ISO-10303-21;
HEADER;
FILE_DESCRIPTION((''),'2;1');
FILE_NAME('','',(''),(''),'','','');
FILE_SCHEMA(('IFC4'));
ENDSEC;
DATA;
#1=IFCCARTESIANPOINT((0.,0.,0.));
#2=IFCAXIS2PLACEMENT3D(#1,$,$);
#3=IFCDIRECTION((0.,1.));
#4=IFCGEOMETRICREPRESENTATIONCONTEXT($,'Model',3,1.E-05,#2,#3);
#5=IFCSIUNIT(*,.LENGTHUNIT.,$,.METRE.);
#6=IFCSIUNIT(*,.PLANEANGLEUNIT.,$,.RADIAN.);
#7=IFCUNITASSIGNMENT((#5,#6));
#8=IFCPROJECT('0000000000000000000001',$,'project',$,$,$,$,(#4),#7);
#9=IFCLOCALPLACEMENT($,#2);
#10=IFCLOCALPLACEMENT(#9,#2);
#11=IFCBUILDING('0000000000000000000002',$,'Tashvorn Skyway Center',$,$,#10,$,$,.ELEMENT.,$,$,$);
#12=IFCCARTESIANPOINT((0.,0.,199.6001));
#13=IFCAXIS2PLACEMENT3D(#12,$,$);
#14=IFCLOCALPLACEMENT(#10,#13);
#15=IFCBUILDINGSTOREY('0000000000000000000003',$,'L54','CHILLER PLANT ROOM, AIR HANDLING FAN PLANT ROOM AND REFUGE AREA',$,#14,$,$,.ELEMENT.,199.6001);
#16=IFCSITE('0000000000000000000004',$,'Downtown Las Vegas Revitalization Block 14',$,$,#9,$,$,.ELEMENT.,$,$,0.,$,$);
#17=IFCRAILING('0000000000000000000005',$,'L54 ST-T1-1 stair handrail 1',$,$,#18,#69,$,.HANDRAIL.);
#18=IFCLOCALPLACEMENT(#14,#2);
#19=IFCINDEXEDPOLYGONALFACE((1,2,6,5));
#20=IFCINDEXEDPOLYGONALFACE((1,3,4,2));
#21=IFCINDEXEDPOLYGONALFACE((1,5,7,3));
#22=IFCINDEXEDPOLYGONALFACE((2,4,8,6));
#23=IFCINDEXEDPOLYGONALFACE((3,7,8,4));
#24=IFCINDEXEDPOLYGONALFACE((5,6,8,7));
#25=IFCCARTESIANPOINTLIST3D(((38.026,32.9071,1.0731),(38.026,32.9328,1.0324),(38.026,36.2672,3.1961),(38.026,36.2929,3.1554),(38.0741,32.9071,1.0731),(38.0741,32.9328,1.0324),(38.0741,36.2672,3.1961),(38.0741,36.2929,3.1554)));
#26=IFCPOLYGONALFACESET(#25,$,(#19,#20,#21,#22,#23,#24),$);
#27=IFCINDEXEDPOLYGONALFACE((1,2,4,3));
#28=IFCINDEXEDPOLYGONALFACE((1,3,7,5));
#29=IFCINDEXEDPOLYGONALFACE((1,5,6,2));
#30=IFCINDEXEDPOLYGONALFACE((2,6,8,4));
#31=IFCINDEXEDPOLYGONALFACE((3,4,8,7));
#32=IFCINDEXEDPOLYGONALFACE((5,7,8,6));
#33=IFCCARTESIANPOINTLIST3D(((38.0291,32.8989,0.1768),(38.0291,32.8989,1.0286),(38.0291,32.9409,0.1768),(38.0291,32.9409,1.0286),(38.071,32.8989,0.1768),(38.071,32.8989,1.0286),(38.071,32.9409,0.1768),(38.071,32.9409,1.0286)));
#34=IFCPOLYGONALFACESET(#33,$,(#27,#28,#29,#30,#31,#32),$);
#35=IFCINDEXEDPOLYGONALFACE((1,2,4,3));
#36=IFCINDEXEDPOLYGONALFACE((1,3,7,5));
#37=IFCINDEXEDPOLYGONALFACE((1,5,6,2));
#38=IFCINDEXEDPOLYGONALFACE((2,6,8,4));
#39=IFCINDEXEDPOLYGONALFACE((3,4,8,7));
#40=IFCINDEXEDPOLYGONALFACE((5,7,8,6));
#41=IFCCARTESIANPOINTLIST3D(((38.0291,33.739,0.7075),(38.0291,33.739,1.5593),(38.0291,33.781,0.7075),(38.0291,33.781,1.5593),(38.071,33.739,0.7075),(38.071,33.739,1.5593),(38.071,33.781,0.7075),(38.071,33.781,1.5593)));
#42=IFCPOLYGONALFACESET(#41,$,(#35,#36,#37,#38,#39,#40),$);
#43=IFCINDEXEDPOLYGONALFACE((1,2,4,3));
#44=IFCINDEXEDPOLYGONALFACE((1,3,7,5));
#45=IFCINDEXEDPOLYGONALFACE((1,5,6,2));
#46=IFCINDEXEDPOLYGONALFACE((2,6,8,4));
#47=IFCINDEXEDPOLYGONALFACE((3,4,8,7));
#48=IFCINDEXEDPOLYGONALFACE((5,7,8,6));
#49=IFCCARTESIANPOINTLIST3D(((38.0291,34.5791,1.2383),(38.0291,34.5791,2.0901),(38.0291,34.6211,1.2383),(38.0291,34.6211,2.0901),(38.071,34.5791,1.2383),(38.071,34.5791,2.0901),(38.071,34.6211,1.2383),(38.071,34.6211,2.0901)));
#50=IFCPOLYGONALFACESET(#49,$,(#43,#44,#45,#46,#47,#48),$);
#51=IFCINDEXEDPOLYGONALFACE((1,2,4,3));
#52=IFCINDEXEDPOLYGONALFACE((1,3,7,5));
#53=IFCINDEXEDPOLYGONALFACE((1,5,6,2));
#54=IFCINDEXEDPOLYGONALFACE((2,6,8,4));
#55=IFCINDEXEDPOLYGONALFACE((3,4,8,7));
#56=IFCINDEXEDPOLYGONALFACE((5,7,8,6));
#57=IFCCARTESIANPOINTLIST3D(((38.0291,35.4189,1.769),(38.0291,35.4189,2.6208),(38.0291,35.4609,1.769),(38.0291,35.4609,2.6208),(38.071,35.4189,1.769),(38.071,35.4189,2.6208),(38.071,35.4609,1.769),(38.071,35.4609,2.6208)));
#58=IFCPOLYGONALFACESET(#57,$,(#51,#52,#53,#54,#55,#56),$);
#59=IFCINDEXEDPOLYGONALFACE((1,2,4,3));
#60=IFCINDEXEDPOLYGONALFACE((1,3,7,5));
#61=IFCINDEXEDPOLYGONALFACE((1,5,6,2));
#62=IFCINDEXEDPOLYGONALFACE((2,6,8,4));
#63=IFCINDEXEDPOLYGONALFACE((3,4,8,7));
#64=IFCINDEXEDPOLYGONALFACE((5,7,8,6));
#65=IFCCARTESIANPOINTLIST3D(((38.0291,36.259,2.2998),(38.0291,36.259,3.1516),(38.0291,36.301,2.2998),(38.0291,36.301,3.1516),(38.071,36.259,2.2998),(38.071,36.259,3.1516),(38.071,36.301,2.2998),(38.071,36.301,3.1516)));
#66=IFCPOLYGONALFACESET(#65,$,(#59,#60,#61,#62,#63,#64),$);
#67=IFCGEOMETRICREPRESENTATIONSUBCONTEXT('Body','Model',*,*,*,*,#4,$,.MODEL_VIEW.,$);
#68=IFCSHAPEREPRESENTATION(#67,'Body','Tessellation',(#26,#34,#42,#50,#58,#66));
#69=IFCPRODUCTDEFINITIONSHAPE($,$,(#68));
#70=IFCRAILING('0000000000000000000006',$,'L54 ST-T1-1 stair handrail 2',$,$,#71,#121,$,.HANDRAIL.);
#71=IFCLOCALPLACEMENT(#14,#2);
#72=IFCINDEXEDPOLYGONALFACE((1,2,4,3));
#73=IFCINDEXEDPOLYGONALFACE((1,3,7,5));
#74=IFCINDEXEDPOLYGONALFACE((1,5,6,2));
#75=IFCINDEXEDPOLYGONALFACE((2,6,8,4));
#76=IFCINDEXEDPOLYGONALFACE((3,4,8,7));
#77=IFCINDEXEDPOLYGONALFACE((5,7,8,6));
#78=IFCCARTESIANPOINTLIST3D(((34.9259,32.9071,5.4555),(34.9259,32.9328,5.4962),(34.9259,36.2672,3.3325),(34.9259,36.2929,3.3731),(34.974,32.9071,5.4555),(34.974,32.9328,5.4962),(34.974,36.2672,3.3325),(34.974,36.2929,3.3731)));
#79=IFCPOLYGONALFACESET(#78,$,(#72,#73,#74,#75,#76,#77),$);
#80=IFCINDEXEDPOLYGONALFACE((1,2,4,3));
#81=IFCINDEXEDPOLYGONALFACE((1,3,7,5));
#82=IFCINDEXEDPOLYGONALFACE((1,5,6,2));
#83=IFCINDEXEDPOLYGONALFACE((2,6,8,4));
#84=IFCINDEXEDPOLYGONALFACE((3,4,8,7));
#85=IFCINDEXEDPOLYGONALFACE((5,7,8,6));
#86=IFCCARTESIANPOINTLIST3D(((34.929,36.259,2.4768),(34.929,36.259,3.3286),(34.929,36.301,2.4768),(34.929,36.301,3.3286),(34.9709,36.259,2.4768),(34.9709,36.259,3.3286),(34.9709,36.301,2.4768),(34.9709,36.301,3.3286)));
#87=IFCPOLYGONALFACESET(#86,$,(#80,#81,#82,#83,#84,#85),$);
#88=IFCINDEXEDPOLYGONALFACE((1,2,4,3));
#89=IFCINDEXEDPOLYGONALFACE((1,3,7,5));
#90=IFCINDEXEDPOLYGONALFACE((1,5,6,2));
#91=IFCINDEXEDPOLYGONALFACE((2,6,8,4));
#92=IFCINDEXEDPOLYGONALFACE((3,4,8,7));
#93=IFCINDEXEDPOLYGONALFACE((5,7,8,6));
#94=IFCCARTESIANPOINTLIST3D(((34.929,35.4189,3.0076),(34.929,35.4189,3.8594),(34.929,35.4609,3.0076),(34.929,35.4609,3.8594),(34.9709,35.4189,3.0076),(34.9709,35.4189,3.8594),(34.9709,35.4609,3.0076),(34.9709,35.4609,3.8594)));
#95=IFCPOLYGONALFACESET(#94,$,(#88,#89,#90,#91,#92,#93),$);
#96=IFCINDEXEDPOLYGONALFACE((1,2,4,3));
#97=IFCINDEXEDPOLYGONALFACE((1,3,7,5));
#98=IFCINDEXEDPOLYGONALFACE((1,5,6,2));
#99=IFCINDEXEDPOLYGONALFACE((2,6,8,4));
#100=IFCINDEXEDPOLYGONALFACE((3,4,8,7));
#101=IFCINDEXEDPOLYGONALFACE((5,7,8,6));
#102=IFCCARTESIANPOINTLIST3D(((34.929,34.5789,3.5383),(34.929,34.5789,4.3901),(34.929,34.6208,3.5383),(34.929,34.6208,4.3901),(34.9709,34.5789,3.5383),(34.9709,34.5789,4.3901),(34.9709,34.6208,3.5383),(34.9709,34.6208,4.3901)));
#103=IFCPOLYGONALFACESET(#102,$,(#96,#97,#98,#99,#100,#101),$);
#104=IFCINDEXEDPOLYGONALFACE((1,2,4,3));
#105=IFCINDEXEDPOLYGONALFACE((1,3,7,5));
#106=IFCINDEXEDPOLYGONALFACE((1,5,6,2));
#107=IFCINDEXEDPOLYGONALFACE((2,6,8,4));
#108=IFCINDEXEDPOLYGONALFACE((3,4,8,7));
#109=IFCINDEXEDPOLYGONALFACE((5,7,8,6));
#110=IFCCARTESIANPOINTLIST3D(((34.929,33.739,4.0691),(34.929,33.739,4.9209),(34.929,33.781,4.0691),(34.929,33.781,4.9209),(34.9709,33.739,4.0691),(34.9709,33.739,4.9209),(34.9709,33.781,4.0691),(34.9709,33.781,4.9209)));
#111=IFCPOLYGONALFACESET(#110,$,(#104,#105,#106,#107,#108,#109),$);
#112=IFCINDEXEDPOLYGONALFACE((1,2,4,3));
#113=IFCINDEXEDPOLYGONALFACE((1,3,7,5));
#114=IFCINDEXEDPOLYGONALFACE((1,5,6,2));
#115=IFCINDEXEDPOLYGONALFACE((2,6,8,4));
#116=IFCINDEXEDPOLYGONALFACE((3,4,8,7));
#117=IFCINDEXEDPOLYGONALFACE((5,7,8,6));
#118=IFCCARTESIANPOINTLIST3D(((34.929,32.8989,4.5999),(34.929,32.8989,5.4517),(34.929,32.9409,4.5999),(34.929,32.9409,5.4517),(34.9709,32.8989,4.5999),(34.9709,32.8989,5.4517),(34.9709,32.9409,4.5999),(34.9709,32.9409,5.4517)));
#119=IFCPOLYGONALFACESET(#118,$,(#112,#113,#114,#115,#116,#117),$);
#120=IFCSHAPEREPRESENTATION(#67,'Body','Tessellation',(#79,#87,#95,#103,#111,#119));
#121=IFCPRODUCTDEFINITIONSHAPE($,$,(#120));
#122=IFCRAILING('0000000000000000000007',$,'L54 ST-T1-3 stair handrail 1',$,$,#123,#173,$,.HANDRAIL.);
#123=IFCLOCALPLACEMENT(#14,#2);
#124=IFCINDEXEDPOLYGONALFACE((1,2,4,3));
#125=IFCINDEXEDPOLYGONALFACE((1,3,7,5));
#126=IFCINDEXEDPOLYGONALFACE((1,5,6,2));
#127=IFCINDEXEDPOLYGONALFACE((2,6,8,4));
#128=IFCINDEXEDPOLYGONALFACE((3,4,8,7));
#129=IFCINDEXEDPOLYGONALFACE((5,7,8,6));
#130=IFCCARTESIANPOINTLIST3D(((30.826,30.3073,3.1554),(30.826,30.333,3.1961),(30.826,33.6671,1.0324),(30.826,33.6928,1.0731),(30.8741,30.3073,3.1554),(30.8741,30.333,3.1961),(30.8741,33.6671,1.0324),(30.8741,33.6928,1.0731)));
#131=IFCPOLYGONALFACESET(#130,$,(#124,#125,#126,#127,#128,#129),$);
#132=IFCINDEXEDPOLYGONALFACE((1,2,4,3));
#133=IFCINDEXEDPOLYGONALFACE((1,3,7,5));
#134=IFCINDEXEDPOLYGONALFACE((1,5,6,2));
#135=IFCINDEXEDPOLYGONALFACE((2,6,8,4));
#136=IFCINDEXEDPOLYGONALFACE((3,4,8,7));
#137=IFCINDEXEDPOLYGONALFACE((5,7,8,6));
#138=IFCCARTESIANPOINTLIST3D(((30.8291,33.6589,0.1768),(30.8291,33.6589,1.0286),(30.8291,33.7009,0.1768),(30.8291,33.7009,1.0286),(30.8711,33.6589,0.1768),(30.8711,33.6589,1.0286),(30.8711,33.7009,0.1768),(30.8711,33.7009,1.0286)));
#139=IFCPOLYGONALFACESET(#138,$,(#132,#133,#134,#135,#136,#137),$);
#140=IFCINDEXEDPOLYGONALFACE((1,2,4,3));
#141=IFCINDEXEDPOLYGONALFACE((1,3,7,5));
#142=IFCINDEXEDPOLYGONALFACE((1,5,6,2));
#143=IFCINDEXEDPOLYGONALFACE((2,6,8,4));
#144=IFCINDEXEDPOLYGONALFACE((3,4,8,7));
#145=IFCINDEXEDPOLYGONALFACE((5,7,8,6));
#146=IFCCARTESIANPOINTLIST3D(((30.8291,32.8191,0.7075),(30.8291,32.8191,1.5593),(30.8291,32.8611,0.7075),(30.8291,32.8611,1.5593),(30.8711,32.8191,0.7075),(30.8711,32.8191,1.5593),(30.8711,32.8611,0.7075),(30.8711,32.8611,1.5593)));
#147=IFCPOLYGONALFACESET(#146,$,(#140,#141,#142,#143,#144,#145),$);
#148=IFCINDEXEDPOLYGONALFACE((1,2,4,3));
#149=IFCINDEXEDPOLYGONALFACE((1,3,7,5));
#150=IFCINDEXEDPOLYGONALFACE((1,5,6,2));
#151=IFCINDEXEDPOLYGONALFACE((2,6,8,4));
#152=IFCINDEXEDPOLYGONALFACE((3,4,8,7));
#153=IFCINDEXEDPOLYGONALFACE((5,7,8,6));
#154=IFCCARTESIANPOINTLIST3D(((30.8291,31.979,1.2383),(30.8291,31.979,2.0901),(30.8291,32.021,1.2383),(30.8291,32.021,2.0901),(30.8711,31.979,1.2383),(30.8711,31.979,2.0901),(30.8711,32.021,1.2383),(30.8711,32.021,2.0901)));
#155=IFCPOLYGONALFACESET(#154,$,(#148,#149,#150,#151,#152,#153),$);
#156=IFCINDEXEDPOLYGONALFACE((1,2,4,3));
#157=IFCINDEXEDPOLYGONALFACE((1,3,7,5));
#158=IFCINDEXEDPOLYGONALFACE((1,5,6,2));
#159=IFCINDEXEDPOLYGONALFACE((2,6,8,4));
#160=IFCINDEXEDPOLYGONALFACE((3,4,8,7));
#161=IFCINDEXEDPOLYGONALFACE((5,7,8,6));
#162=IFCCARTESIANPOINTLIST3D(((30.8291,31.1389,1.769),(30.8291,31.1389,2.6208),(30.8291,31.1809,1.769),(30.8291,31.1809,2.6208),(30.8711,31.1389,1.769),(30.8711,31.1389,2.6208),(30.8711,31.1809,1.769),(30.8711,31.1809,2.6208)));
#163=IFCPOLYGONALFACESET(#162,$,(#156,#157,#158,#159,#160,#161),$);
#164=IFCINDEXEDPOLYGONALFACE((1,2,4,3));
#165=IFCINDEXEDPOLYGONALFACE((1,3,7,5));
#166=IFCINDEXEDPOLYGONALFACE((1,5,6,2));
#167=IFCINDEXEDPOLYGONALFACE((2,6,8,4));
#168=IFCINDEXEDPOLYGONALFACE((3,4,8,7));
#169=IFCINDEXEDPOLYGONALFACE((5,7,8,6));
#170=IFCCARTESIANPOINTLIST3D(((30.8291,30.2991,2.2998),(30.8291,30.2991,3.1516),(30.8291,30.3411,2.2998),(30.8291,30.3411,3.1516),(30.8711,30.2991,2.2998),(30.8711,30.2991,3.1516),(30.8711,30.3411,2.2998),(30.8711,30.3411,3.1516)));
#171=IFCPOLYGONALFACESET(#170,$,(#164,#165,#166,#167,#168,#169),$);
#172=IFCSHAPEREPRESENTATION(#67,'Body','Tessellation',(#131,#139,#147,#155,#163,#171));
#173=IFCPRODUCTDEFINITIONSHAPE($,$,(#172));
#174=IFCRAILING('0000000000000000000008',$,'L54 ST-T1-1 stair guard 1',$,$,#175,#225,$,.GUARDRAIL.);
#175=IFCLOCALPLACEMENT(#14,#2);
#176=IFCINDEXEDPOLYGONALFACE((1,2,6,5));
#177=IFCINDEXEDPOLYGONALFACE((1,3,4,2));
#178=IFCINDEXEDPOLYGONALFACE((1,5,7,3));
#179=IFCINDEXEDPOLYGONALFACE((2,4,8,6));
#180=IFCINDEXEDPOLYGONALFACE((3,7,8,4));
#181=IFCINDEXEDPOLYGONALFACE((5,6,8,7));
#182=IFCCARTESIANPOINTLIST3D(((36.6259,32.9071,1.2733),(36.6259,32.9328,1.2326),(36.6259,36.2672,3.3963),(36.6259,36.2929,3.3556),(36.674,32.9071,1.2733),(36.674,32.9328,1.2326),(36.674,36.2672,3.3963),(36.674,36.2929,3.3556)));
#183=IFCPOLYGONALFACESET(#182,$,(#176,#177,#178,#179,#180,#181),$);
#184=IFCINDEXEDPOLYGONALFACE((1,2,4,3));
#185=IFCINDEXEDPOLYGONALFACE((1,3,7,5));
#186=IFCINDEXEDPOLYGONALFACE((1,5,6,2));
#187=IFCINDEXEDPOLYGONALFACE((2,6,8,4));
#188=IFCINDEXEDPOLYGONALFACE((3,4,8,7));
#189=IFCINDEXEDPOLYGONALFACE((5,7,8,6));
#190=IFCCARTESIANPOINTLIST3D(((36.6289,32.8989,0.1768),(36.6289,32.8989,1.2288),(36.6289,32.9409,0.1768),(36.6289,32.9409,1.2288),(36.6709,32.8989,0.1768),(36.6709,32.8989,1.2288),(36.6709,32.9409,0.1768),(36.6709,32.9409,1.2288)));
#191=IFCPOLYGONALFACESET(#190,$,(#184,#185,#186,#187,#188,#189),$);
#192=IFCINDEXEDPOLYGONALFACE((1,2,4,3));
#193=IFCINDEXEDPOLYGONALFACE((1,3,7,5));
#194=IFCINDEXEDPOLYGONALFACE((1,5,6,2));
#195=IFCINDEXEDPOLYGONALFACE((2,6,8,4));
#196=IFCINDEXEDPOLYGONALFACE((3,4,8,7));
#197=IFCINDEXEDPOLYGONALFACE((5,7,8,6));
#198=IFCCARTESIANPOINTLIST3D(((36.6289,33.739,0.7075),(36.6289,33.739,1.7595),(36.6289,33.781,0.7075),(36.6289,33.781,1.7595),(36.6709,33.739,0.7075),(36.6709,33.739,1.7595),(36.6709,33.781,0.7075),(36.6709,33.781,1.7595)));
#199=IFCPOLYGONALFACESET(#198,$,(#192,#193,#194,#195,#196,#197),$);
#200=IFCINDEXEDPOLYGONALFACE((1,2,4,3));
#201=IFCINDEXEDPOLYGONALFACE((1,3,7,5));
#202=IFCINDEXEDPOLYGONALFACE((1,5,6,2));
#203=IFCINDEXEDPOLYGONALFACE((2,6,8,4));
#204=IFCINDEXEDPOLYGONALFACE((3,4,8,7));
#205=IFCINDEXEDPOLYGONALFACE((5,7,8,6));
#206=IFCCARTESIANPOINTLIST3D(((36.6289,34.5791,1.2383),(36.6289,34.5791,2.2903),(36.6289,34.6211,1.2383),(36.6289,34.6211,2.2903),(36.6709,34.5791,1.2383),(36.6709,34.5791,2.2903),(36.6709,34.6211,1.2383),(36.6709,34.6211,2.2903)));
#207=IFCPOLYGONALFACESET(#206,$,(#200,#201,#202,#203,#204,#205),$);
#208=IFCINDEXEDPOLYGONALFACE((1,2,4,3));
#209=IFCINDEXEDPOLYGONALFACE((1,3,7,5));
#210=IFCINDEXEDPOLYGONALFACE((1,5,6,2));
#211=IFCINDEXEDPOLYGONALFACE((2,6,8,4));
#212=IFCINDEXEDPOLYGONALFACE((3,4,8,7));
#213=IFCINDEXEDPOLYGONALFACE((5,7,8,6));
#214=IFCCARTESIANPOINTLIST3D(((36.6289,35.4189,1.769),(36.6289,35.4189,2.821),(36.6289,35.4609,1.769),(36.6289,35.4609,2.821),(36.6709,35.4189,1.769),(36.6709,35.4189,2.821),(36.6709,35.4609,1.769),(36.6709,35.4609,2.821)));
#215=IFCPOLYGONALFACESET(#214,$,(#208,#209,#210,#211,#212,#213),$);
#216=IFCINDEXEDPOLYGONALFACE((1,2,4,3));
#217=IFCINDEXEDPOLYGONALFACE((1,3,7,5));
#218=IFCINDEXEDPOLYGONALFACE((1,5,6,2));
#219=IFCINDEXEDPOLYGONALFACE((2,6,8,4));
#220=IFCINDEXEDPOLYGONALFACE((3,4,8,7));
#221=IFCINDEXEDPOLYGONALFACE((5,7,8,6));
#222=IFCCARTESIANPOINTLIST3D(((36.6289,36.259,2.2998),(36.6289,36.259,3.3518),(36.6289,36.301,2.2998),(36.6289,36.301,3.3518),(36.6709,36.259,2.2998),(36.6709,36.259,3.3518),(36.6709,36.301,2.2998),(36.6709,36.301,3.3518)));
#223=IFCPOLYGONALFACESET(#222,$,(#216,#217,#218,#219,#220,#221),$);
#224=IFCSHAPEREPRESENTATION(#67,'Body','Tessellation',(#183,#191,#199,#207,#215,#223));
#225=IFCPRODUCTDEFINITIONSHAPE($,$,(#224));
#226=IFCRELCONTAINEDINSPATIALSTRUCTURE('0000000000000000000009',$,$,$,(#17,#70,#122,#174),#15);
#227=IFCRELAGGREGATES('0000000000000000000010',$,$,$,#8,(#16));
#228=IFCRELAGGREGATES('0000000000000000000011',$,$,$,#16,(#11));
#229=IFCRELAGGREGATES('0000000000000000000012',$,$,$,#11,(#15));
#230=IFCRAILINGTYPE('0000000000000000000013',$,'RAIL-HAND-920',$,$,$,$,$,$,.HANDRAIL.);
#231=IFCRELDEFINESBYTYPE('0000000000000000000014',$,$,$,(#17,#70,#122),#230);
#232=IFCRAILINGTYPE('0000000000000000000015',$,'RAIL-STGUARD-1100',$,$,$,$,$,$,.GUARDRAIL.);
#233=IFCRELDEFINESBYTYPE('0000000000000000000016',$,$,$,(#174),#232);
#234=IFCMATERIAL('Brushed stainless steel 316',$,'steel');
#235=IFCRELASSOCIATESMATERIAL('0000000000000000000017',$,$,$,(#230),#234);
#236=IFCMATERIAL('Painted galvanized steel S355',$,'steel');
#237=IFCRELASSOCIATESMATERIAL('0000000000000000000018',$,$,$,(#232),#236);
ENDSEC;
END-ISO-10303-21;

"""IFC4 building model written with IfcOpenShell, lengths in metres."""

from ifc_helpers import new_model, si_unit, direction, frame, origin, origin_2d, place, context, subcontext, project, spatial, rectangle, extrude, material, type_object, element, save


model = new_model("IFC4")

# Units and contexts
model_context = context("Model", 3, precision=1e-05, world=origin(), true_north=direction((0.0, 1.0)))
body_context = subcontext(model_context, "Body", "Model", "MODEL_VIEW")
ifc_project = project(units=[si_unit("LENGTHUNIT", "METRE"), si_unit("PLANEANGLEUNIT", "RADIAN")], contexts=[model_context])

# Site, building, storey
site_placement = place(None, origin())
site = spatial("IfcSite", under=ifc_project, at=site_placement, Name="Downtown Las Vegas Revitalization Block 14", CompositionType="ELEMENT", RefElevation=0.0)
building_placement = place(site_placement, origin())
building = spatial("IfcBuilding", under=site, at=building_placement, Name="Tashvorn Skyway Center", CompositionType="ELEMENT")
storey_placement = place(building_placement, frame((0.0, 0.0, 199.6001)))
storey = spatial("IfcBuildingStorey", under=building, at=storey_placement, Name="L54", Description="CHILLER PLANT ROOM, AIR HANDLING FAN PLANT ROOM AND REFUGE AREA", CompositionType="ELEMENT", Elevation=199.6001)

# Railings
ifc_material_1 = material(Name="Brushed stainless steel 316", Category="steel")
railing_type_1 = type_object("IfcRailingType", Name="RAIL-HAND-920", PredefinedType="HANDRAIL", material=ifc_material_1)
railing_1_placement = place(storey_placement, frame((38.05, 32.9199, 0.1768)))
element("IfcRailing", 1, at=railing_1_placement, inside=storey, type_object=railing_type_1, Name="L54 ST-T1-1 stair handrail 1", PredefinedType="HANDRAIL", context=body_context, shape_type="SweptSolid", body=[
    extrude(rectangle(XDim=0.0481, YDim=0.0481, at=origin_2d()), frame((0.0, 0.0, 0.876), z_axis=(0.0, 0.84539, 0.53415), x_axis=(-1.0, 0.0, 0.0)), (0.0, 0.0, 1.0), 3.9746),
    extrude(rectangle(XDim=0.042, YDim=0.042, at=origin_2d()), origin(), (0.0, 0.0, 1.0), 0.8518),
    extrude(rectangle(XDim=0.042, YDim=0.042, at=origin_2d()), frame((0.0, 0.8401, 0.5308)), (0.0, 0.0, 1.0), 0.8518),
    extrude(rectangle(XDim=0.042, YDim=0.042, at=origin_2d()), frame((0.0, 1.6802, 1.0615)), (0.0, 0.0, 1.0), 0.8518),
    extrude(rectangle(XDim=0.042, YDim=0.042, at=origin_2d()), frame((0.0, 2.52, 1.5923)), (0.0, 0.0, 1.0), 0.8518),
    extrude(rectangle(XDim=0.042, YDim=0.042, at=origin_2d()), frame((0.0, 3.3601, 2.123)), (0.0, 0.0, 1.0), 0.8518),
])
railing_2_placement = place(storey_placement, frame((34.95, 36.28, 2.4768)))
element("IfcRailing", 2, at=railing_2_placement, inside=storey, type_object=railing_type_1, Name="L54 ST-T1-1 stair handrail 2", PredefinedType="HANDRAIL", context=body_context, shape_type="SweptSolid", body=[
    extrude(rectangle(XDim=0.0481, YDim=0.0481, at=origin_2d()), frame((0.0, 0.0, 0.876), z_axis=(0.0, -0.84539, 0.53415), x_axis=(1.0, 0.0, 0.0)), (0.0, 0.0, 1.0), 3.9746),
    extrude(rectangle(XDim=0.042, YDim=0.042, at=origin_2d()), origin(), (0.0, 0.0, 1.0), 0.8518),
    extrude(rectangle(XDim=0.042, YDim=0.042, at=origin_2d()), frame((0.0, -0.8401, 0.5308)), (0.0, 0.0, 1.0), 0.8518),
    extrude(rectangle(XDim=0.042, YDim=0.042, at=origin_2d()), frame((0.0, -1.6802, 1.0615)), (0.0, 0.0, 1.0), 0.8518),
    extrude(rectangle(XDim=0.042, YDim=0.042, at=origin_2d()), frame((0.0, -2.52, 1.5923)), (0.0, 0.0, 1.0), 0.8518),
    extrude(rectangle(XDim=0.042, YDim=0.042, at=origin_2d()), frame((0.0, -3.3601, 2.123)), (0.0, 0.0, 1.0), 0.8518),
])
railing_3_placement = place(storey_placement, frame((30.8501, 33.6799, 0.1768)))
element("IfcRailing", 3, at=railing_3_placement, inside=storey, type_object=railing_type_1, Name="L54 ST-T1-3 stair handrail 1", PredefinedType="HANDRAIL", context=body_context, shape_type="SweptSolid", body=[
    extrude(rectangle(XDim=0.0481, YDim=0.0481, at=origin_2d()), frame((0.0, 0.0, 0.876), z_axis=(0.0, -0.845372, 0.534178), x_axis=(1.0, 0.0, 0.0)), (0.0, 0.0, 1.0), 3.9744),
    extrude(rectangle(XDim=0.042, YDim=0.042, at=origin_2d()), origin(), (0.0, 0.0, 1.0), 0.8518),
    extrude(rectangle(XDim=0.042, YDim=0.042, at=origin_2d()), frame((0.0, -0.8398, 0.5308)), (0.0, 0.0, 1.0), 0.8518),
    extrude(rectangle(XDim=0.042, YDim=0.042, at=origin_2d()), frame((0.0, -1.6799, 1.0615)), (0.0, 0.0, 1.0), 0.8518),
    extrude(rectangle(XDim=0.042, YDim=0.042, at=origin_2d()), frame((0.0, -2.52, 1.5923)), (0.0, 0.0, 1.0), 0.8518),
    extrude(rectangle(XDim=0.042, YDim=0.042, at=origin_2d()), frame((0.0, -3.3599, 2.123)), (0.0, 0.0, 1.0), 0.8518),
])
ifc_material_2 = material(Name="Painted galvanized steel S355", Category="steel")
railing_type_2 = type_object("IfcRailingType", Name="RAIL-STGUARD-1100", PredefinedType="GUARDRAIL", material=ifc_material_2)
railing_4_placement = place(storey_placement, frame((36.6499, 32.9199, 0.1768)))
element("IfcRailing", 4, at=railing_4_placement, inside=storey, type_object=railing_type_2, Name="L54 ST-T1-1 stair guard 1", PredefinedType="GUARDRAIL", context=body_context, shape_type="SweptSolid", body=[
    extrude(rectangle(XDim=0.0481, YDim=0.0481, at=origin_2d()), frame((0.0, 0.0, 1.0762), z_axis=(0.0, 0.84539, 0.53415), x_axis=(-1.0, 0.0, 0.0)), (0.0, 0.0, 1.0), 3.9746),
    extrude(rectangle(XDim=0.042, YDim=0.042, at=origin_2d()), origin(), (0.0, 0.0, 1.0), 1.052),
    extrude(rectangle(XDim=0.042, YDim=0.042, at=origin_2d()), frame((0.0, 0.8401, 0.5308)), (0.0, 0.0, 1.0), 1.052),
    extrude(rectangle(XDim=0.042, YDim=0.042, at=origin_2d()), frame((0.0, 1.6802, 1.0615)), (0.0, 0.0, 1.0), 1.052),
    extrude(rectangle(XDim=0.042, YDim=0.042, at=origin_2d()), frame((0.0, 2.52, 1.5923)), (0.0, 0.0, 1.0), 1.052),
    extrude(rectangle(XDim=0.042, YDim=0.042, at=origin_2d()), frame((0.0, 3.3601, 2.123)), (0.0, 0.0, 1.0), 1.052),
])

save(model, "model.ifc")
